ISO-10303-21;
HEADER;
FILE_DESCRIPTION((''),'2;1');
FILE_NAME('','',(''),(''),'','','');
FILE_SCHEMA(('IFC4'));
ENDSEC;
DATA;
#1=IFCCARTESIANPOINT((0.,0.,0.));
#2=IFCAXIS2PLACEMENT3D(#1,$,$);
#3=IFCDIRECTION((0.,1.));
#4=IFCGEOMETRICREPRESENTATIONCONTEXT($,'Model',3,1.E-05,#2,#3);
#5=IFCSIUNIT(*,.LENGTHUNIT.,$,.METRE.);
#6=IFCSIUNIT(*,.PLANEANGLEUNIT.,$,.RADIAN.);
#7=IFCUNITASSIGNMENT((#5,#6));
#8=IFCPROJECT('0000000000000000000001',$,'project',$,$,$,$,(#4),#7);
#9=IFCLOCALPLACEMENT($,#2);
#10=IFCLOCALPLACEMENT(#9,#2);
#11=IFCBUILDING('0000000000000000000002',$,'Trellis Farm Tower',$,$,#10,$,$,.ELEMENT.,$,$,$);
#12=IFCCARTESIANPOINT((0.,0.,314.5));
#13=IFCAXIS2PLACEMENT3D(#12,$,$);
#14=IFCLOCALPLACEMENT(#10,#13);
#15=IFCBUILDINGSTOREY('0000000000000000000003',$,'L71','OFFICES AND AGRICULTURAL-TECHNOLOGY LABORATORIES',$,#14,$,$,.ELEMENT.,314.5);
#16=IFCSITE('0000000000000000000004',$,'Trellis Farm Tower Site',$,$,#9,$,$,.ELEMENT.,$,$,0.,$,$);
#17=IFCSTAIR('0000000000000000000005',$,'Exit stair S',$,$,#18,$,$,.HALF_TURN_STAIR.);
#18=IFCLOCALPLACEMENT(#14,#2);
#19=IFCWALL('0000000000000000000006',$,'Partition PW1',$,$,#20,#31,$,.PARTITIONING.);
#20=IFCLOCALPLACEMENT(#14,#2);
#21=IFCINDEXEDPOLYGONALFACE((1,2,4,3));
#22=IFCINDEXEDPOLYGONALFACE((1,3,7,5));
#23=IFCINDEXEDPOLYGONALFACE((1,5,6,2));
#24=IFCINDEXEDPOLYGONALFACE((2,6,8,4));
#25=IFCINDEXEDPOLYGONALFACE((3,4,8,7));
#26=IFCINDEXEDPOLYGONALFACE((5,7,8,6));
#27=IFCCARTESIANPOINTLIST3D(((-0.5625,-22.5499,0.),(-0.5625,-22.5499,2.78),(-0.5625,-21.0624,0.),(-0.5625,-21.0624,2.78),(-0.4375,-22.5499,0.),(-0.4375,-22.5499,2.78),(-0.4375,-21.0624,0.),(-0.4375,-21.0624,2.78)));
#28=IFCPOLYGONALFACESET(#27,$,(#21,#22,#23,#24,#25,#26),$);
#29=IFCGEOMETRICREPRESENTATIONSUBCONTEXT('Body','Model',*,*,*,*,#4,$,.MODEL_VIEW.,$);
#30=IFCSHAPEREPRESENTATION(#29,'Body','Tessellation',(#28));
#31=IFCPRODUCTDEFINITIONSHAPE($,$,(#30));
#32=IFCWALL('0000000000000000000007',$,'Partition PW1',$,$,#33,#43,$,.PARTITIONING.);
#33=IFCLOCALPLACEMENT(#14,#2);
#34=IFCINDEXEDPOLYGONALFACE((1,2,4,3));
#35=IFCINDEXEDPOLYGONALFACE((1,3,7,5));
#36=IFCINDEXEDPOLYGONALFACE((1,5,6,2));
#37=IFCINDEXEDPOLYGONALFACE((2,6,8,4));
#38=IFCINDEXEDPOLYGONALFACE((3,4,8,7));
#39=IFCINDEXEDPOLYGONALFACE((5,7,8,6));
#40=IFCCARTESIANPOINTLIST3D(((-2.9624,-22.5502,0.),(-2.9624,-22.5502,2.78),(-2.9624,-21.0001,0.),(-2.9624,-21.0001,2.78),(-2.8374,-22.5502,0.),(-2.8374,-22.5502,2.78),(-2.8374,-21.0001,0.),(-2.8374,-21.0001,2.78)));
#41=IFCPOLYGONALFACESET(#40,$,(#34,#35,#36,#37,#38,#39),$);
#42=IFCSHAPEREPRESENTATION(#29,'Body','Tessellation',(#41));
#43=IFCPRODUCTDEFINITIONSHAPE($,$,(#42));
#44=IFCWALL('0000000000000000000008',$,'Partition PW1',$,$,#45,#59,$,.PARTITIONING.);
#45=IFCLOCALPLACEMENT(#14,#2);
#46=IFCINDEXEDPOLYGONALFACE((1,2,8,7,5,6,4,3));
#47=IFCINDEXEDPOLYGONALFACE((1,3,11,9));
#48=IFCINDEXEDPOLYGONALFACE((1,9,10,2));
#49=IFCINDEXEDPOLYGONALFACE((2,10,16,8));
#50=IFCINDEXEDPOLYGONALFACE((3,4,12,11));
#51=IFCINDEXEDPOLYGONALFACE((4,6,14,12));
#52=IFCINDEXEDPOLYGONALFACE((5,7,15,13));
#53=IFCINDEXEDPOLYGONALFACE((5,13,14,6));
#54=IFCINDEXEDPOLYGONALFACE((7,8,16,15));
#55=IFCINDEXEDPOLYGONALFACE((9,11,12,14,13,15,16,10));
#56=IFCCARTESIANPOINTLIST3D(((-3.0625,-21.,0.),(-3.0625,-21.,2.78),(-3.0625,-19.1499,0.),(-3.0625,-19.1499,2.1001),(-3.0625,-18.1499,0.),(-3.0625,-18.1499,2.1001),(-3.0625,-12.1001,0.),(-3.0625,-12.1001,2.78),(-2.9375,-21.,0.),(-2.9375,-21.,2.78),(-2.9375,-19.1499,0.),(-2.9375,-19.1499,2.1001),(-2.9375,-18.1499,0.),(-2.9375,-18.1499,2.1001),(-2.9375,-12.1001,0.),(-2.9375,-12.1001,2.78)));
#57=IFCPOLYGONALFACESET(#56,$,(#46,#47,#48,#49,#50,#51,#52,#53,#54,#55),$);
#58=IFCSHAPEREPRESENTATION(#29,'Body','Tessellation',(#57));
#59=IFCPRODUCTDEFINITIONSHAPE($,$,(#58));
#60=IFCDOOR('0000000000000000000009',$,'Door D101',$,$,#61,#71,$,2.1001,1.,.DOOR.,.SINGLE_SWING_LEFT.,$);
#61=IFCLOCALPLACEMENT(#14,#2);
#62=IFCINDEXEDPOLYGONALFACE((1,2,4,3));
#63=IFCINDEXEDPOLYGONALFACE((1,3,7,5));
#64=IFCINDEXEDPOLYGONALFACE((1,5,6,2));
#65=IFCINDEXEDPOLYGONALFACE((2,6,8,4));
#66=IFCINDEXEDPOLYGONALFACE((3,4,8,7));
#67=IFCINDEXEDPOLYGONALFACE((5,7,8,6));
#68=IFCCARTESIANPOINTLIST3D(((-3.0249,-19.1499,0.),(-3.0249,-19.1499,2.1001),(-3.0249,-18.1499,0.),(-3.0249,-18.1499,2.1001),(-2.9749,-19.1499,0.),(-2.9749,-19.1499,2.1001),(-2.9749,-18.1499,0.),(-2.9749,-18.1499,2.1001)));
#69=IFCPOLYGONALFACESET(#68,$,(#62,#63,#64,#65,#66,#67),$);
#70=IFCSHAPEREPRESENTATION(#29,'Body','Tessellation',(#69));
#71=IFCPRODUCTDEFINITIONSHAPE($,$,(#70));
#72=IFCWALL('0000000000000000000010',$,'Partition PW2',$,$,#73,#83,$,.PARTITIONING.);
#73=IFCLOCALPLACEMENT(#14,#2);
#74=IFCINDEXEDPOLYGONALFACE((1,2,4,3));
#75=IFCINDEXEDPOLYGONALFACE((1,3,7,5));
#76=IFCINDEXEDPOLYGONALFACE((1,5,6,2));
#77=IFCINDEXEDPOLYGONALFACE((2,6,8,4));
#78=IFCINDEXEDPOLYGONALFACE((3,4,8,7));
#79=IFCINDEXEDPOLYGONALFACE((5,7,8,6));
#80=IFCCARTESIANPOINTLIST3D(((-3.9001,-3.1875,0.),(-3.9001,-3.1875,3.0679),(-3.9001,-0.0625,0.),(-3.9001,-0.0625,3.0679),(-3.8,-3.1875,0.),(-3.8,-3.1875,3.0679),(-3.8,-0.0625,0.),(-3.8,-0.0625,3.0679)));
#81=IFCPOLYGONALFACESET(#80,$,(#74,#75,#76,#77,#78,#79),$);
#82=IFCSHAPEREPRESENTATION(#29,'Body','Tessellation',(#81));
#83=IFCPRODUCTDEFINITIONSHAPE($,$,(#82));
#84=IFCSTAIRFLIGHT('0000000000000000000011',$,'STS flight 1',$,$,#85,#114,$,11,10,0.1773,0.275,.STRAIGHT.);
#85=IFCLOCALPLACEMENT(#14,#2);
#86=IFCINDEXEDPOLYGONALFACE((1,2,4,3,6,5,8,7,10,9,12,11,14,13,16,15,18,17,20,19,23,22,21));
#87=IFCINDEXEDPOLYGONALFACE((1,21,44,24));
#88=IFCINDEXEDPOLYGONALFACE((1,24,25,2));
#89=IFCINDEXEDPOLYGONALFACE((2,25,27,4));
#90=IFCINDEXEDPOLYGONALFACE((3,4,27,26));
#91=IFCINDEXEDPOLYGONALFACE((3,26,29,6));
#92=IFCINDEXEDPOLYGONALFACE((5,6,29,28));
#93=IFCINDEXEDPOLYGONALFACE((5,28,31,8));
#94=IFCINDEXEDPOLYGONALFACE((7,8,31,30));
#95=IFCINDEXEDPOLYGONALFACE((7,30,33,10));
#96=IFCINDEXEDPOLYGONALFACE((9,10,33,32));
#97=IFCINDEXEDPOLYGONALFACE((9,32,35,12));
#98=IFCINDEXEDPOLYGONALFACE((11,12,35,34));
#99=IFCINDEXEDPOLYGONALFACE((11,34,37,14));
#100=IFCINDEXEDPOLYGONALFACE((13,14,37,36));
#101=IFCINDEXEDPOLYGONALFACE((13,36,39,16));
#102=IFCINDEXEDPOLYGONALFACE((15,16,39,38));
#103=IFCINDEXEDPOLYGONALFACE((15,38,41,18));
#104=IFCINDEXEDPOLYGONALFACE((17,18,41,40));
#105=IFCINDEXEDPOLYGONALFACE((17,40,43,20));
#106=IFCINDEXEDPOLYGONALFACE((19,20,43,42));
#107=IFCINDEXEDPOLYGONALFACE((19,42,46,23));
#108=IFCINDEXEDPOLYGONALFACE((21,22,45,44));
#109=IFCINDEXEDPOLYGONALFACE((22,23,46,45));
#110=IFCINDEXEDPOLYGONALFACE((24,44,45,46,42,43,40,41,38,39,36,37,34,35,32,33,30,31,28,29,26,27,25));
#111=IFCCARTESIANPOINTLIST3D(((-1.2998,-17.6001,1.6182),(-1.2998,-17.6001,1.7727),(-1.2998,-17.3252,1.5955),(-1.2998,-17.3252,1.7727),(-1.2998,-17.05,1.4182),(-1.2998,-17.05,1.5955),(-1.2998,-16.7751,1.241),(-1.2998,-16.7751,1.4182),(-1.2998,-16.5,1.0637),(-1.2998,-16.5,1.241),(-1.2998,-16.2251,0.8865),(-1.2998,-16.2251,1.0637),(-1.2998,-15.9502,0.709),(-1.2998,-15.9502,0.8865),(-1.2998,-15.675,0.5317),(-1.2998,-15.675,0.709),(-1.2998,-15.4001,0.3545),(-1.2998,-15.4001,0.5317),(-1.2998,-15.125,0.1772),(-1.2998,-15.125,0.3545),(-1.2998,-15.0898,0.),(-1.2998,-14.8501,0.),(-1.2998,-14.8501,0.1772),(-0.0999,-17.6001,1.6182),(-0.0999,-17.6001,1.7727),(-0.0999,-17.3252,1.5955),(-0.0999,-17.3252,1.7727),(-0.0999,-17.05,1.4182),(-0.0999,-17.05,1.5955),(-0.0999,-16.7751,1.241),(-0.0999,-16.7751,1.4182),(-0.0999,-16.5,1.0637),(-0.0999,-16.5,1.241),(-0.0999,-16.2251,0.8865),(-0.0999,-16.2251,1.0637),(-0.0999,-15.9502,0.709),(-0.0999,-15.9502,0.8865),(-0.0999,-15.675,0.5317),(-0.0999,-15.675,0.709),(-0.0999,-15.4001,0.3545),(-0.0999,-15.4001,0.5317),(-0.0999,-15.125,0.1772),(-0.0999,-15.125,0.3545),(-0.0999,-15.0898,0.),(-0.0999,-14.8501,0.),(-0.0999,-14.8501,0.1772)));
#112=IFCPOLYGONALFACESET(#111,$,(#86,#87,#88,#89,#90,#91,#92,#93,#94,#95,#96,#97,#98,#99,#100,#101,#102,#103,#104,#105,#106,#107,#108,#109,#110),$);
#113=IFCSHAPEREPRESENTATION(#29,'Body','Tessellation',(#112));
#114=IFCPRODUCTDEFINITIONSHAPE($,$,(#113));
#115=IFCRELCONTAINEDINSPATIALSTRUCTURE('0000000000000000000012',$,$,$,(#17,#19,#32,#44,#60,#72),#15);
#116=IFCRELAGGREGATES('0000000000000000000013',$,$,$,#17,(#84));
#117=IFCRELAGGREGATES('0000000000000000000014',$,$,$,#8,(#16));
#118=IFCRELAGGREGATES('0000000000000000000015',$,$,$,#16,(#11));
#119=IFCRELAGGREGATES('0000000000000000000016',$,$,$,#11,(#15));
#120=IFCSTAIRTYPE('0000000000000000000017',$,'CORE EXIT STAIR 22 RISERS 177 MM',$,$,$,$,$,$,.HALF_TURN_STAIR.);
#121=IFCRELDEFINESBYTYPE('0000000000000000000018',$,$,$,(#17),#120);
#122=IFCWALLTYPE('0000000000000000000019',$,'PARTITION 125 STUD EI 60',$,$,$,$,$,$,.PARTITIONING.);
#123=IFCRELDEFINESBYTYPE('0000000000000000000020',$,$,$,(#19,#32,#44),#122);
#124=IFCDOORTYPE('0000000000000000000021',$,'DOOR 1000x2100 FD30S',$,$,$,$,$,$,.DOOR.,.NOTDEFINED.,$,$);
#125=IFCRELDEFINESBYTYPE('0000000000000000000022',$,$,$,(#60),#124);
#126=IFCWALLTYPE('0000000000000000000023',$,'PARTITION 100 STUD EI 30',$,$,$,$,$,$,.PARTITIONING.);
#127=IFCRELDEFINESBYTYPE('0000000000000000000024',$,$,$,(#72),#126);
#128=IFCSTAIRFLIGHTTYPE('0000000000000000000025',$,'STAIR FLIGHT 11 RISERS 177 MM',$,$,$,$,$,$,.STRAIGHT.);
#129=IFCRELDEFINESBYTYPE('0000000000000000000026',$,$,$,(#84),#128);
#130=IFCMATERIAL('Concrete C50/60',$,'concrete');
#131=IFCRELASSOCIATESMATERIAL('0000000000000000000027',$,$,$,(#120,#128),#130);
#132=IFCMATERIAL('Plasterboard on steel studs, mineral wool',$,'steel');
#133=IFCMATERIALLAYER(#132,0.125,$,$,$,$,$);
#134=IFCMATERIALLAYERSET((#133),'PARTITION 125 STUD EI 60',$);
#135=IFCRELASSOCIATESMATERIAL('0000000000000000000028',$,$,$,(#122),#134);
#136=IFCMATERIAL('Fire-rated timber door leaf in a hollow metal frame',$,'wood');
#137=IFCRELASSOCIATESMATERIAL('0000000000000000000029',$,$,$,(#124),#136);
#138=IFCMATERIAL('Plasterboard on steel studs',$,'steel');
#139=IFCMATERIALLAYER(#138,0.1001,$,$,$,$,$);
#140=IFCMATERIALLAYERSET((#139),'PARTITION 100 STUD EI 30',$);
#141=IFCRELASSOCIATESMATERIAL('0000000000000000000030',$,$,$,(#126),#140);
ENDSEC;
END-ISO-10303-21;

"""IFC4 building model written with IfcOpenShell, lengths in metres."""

from ifc_helpers import new_model, si_unit, direction, frame, frame_2d, origin, place, context, subcontext, project, spatial, polyline, rectangle, outline, extrude, source, transform, mapped, material, layer, layer_set, type_object, element, fill, aggregate, save


model = new_model("IFC4")

# Units and contexts
model_context = context("Model", 3, precision=1e-05, world=origin(), true_north=direction((0.0, 1.0)))
body_context = subcontext(model_context, "Body", "Model", "MODEL_VIEW")
ifc_project = project(units=[si_unit("LENGTHUNIT", "METRE"), si_unit("PLANEANGLEUNIT", "RADIAN")], contexts=[model_context])

# Site, building, storey
site_placement = place(None, origin())
site = spatial("IfcSite", under=ifc_project, at=site_placement, Name="Trellis Farm Tower Site", CompositionType="ELEMENT", RefElevation=0.0)
building_placement = place(site_placement, origin())
building = spatial("IfcBuilding", under=site, at=building_placement, Name="Trellis Farm Tower", CompositionType="ELEMENT")
storey_placement = place(building_placement, frame((0.0, 0.0, 314.5)))
storey = spatial("IfcBuildingStorey", under=building, at=storey_placement, Name="L71", Description="OFFICES AND AGRICULTURAL-TECHNOLOGY LABORATORIES", CompositionType="ELEMENT", Elevation=314.5)

# Shared definitions
placement_1 = place(storey_placement, origin())

# Stair
ifc_material_1 = material(Name="Concrete C50/60", Category="concrete")
stair_type = type_object("IfcStairType", Name="CORE EXIT STAIR 22 RISERS 177 MM", PredefinedType="HALF_TURN_STAIR", material=ifc_material_1)
stair_1 = element("IfcStair", 1, at=placement_1, inside=storey, type_object=stair_type, Name="Exit stair S", PredefinedType="HALF_TURN_STAIR")

# Shared definitions
ifc_material_2 = material(Name="Plasterboard on steel studs, mineral wool", Category="steel")
ifc_layer_1 = layer(ifc_material_2, 0.125)
ifc_layer_set_1 = layer_set([ifc_layer_1], Name="PARTITION 125 STUD EI 60")
wall_type_1 = type_object("IfcWallType", Name="PARTITION 125 STUD EI 60", PredefinedType="PARTITIONING", material=ifc_layer_set_1)

# Shared definitions
shared_shape_1 = source(origin(), body_context, "Body", "SweptSolid", [
    extrude(rectangle(XDim=1.0, YDim=2.1001, at=frame_2d((0.5, 1.05))), frame((0.0, 0.0725, 0.0), z_axis=(0.0, -1.0, 0.0), x_axis=(1.0, 0.0, 0.0)), (0.0, 0.0, 1.0), 0.145),
])
ifc_material_3 = material(Name="Fire-rated timber door leaf in a hollow metal frame", Category="wood")
door_type = type_object("IfcDoorType", Name="DOOR 1000x2100 FD30S", OperationType="NOTDEFINED", PredefinedType="DOOR", material=ifc_material_3)
shared_shape_2 = source(origin(), body_context, "Body", "SweptSolid", [
    extrude(rectangle(XDim=1.0, YDim=2.1001, at=frame_2d((0.5, 1.05))), frame((0.0, 0.0249, 0.0), z_axis=(0.0, -1.0, 0.0), x_axis=(1.0, 0.0, 0.0)), (0.0, 0.0, 1.0), 0.05),
])

# Walls
shared_shape_3 = source(origin(), body_context, "Body", "SweptSolid", [
    extrude(rectangle(XDim=1.4875, YDim=0.125, at=frame_2d((0.7437, 0.0))), origin(), (0.0, 0.0, 1.0), 2.78),
])
wall_1_placement = place(storey_placement, frame((-0.5, -21.0625, 0.0), z_axis=(0.0, 0.0, 1.0), x_axis=(0.0, -1.0, 0.0)))
element("IfcWall", 2, at=wall_1_placement, inside=storey, type_object=wall_type_1, Name="Partition PW1", PredefinedType="PARTITIONING", context=body_context, shape_type="MappedRepresentation", body=[
    mapped(shared_shape_3, transform((0.0, 0.0, 0.0))),
])
shared_shape_4 = source(origin(), body_context, "Body", "SweptSolid", [
    extrude(rectangle(XDim=1.55, YDim=0.125, at=frame_2d((0.7749, 0.0))), origin(), (0.0, 0.0, 1.0), 2.78),
])
wall_2_placement = place(storey_placement, frame((-2.8999, -22.55, 0.0), z_axis=(0.0, 0.0, 1.0), x_axis=(0.0, 1.0, 0.0)))
element("IfcWall", 3, at=wall_2_placement, inside=storey, type_object=wall_type_1, Name="Partition PW1", PredefinedType="PARTITIONING", context=body_context, shape_type="MappedRepresentation", body=[
    mapped(shared_shape_4, transform((0.0, 0.0, 0.0))),
])

# Wall, opening, door
shared_shape_5 = source(origin(), body_context, "Body", "SweptSolid", [
    extrude(rectangle(XDim=8.8999, YDim=0.125, at=frame_2d((4.45, 0.0))), origin(), (0.0, 0.0, 1.0), 2.78),
])
wall_3_placement = place(storey_placement, frame((-3.0, -21.0, 0.0), z_axis=(0.0, 0.0, 1.0), x_axis=(0.0, 1.0, 0.0)))
wall_3 = element("IfcWall", 4, at=wall_3_placement, inside=storey, type_object=wall_type_1, Name="Partition PW1", PredefinedType="PARTITIONING", context=body_context, shape_type="MappedRepresentation", body=[
    mapped(shared_shape_5, transform((0.0, 0.0, 0.0))),
])
opening_1_placement = place(wall_3_placement, frame((1.8501, 0.0, 0.0)))
opening_1 = element("IfcOpeningElement", 5, at=opening_1_placement, cuts=wall_3, PredefinedType="OPENING", context=body_context, shape_type="MappedRepresentation", body=[
    mapped(shared_shape_1, transform((0.0, 0.0, 0.0))),
])
door_1_placement = place(opening_1_placement, origin())
door_1 = element("IfcDoor", 6, at=door_1_placement, inside=storey, type_object=door_type, Name="Door D101", OperationType="SINGLE_SWING_LEFT", OverallHeight=2.1001, OverallWidth=1.0, PredefinedType="DOOR", context=body_context, shape_type="MappedRepresentation", body=[
    mapped(shared_shape_2, transform((0.0, 0.0, 0.0))),
])
fill(opening_1, door_1)

# Wall
ifc_material_4 = material(Name="Plasterboard on steel studs", Category="steel")
ifc_layer_2 = layer(ifc_material_4, 0.1001)
ifc_layer_set_2 = layer_set([ifc_layer_2], Name="PARTITION 100 STUD EI 30")
wall_type_2 = type_object("IfcWallType", Name="PARTITION 100 STUD EI 30", PredefinedType="PARTITIONING", material=ifc_layer_set_2)
shared_shape_6 = source(origin(), body_context, "Body", "SweptSolid", [
    extrude(rectangle(XDim=3.125, YDim=0.1001, at=frame_2d((1.5625, 0.0))), origin(), (0.0, 0.0, 1.0), 3.0679),
])
wall_4_placement = place(storey_placement, frame((-3.8501, -3.1875, 0.0), z_axis=(0.0, 0.0, 1.0), x_axis=(0.0, 1.0, 0.0)))
element("IfcWall", 7, at=wall_4_placement, inside=storey, type_object=wall_type_2, Name="Partition PW2", PredefinedType="PARTITIONING", context=body_context, shape_type="MappedRepresentation", body=[
    mapped(shared_shape_6, transform((0.0, 0.0, 0.0))),
])

# Stair flight
stair_flight_type = type_object("IfcStairFlightType", Name="STAIR FLIGHT 11 RISERS 177 MM", PredefinedType="STRAIGHT", material=ifc_material_1)
shared_shape_7 = source(origin(), body_context, "Body", "SweptSolid", [
    extrude(outline(polyline([(0.0, 0.0), (0.0, 0.1772), (0.2749, 0.1772), (0.2749, 0.3545), (0.55, 0.3545), (0.55, 0.5317), (0.825, 0.5317), (0.825, 0.709), (1.1001, 0.709), (1.1001, 0.8865), (1.375, 0.8865), (1.375, 1.0637), (1.6499, 1.0637), (1.6499, 1.241), (1.925, 1.241), (1.925, 1.4182), (2.2, 1.4182), (2.2, 1.5955), (2.4751, 1.5955), (2.4751, 1.7727), (2.75, 1.7727), (2.75, 1.95), (2.75, 1.6182), (0.2397, 0.0), (0.0, 0.0)])), frame((0.0, 0.6001, 0.0), z_axis=(0.0, -1.0, 0.0), x_axis=(1.0, 0.0, 0.0)), (0.0, 0.0, 1.0), 1.2),
])
stair_flight_placement = place(storey_placement, frame((-0.7, -14.8501, 0.0), z_axis=(0.0, 0.0, 1.0), x_axis=(0.0, -1.0, 0.0)))
stair_flight = element("IfcStairFlight", 8, at=stair_flight_placement, type_object=stair_flight_type, Name="STS flight 1", NumberOfRisers=11, NumberOfTreads=10, PredefinedType="STRAIGHT", RiserHeight=0.1773, TreadLength=0.275, context=body_context, shape_type="MappedRepresentation", body=[
    mapped(shared_shape_7, transform((0.0, 0.0, 0.0))),
])
aggregate(stair_1, [stair_flight])

save(model, "model.ifc")
